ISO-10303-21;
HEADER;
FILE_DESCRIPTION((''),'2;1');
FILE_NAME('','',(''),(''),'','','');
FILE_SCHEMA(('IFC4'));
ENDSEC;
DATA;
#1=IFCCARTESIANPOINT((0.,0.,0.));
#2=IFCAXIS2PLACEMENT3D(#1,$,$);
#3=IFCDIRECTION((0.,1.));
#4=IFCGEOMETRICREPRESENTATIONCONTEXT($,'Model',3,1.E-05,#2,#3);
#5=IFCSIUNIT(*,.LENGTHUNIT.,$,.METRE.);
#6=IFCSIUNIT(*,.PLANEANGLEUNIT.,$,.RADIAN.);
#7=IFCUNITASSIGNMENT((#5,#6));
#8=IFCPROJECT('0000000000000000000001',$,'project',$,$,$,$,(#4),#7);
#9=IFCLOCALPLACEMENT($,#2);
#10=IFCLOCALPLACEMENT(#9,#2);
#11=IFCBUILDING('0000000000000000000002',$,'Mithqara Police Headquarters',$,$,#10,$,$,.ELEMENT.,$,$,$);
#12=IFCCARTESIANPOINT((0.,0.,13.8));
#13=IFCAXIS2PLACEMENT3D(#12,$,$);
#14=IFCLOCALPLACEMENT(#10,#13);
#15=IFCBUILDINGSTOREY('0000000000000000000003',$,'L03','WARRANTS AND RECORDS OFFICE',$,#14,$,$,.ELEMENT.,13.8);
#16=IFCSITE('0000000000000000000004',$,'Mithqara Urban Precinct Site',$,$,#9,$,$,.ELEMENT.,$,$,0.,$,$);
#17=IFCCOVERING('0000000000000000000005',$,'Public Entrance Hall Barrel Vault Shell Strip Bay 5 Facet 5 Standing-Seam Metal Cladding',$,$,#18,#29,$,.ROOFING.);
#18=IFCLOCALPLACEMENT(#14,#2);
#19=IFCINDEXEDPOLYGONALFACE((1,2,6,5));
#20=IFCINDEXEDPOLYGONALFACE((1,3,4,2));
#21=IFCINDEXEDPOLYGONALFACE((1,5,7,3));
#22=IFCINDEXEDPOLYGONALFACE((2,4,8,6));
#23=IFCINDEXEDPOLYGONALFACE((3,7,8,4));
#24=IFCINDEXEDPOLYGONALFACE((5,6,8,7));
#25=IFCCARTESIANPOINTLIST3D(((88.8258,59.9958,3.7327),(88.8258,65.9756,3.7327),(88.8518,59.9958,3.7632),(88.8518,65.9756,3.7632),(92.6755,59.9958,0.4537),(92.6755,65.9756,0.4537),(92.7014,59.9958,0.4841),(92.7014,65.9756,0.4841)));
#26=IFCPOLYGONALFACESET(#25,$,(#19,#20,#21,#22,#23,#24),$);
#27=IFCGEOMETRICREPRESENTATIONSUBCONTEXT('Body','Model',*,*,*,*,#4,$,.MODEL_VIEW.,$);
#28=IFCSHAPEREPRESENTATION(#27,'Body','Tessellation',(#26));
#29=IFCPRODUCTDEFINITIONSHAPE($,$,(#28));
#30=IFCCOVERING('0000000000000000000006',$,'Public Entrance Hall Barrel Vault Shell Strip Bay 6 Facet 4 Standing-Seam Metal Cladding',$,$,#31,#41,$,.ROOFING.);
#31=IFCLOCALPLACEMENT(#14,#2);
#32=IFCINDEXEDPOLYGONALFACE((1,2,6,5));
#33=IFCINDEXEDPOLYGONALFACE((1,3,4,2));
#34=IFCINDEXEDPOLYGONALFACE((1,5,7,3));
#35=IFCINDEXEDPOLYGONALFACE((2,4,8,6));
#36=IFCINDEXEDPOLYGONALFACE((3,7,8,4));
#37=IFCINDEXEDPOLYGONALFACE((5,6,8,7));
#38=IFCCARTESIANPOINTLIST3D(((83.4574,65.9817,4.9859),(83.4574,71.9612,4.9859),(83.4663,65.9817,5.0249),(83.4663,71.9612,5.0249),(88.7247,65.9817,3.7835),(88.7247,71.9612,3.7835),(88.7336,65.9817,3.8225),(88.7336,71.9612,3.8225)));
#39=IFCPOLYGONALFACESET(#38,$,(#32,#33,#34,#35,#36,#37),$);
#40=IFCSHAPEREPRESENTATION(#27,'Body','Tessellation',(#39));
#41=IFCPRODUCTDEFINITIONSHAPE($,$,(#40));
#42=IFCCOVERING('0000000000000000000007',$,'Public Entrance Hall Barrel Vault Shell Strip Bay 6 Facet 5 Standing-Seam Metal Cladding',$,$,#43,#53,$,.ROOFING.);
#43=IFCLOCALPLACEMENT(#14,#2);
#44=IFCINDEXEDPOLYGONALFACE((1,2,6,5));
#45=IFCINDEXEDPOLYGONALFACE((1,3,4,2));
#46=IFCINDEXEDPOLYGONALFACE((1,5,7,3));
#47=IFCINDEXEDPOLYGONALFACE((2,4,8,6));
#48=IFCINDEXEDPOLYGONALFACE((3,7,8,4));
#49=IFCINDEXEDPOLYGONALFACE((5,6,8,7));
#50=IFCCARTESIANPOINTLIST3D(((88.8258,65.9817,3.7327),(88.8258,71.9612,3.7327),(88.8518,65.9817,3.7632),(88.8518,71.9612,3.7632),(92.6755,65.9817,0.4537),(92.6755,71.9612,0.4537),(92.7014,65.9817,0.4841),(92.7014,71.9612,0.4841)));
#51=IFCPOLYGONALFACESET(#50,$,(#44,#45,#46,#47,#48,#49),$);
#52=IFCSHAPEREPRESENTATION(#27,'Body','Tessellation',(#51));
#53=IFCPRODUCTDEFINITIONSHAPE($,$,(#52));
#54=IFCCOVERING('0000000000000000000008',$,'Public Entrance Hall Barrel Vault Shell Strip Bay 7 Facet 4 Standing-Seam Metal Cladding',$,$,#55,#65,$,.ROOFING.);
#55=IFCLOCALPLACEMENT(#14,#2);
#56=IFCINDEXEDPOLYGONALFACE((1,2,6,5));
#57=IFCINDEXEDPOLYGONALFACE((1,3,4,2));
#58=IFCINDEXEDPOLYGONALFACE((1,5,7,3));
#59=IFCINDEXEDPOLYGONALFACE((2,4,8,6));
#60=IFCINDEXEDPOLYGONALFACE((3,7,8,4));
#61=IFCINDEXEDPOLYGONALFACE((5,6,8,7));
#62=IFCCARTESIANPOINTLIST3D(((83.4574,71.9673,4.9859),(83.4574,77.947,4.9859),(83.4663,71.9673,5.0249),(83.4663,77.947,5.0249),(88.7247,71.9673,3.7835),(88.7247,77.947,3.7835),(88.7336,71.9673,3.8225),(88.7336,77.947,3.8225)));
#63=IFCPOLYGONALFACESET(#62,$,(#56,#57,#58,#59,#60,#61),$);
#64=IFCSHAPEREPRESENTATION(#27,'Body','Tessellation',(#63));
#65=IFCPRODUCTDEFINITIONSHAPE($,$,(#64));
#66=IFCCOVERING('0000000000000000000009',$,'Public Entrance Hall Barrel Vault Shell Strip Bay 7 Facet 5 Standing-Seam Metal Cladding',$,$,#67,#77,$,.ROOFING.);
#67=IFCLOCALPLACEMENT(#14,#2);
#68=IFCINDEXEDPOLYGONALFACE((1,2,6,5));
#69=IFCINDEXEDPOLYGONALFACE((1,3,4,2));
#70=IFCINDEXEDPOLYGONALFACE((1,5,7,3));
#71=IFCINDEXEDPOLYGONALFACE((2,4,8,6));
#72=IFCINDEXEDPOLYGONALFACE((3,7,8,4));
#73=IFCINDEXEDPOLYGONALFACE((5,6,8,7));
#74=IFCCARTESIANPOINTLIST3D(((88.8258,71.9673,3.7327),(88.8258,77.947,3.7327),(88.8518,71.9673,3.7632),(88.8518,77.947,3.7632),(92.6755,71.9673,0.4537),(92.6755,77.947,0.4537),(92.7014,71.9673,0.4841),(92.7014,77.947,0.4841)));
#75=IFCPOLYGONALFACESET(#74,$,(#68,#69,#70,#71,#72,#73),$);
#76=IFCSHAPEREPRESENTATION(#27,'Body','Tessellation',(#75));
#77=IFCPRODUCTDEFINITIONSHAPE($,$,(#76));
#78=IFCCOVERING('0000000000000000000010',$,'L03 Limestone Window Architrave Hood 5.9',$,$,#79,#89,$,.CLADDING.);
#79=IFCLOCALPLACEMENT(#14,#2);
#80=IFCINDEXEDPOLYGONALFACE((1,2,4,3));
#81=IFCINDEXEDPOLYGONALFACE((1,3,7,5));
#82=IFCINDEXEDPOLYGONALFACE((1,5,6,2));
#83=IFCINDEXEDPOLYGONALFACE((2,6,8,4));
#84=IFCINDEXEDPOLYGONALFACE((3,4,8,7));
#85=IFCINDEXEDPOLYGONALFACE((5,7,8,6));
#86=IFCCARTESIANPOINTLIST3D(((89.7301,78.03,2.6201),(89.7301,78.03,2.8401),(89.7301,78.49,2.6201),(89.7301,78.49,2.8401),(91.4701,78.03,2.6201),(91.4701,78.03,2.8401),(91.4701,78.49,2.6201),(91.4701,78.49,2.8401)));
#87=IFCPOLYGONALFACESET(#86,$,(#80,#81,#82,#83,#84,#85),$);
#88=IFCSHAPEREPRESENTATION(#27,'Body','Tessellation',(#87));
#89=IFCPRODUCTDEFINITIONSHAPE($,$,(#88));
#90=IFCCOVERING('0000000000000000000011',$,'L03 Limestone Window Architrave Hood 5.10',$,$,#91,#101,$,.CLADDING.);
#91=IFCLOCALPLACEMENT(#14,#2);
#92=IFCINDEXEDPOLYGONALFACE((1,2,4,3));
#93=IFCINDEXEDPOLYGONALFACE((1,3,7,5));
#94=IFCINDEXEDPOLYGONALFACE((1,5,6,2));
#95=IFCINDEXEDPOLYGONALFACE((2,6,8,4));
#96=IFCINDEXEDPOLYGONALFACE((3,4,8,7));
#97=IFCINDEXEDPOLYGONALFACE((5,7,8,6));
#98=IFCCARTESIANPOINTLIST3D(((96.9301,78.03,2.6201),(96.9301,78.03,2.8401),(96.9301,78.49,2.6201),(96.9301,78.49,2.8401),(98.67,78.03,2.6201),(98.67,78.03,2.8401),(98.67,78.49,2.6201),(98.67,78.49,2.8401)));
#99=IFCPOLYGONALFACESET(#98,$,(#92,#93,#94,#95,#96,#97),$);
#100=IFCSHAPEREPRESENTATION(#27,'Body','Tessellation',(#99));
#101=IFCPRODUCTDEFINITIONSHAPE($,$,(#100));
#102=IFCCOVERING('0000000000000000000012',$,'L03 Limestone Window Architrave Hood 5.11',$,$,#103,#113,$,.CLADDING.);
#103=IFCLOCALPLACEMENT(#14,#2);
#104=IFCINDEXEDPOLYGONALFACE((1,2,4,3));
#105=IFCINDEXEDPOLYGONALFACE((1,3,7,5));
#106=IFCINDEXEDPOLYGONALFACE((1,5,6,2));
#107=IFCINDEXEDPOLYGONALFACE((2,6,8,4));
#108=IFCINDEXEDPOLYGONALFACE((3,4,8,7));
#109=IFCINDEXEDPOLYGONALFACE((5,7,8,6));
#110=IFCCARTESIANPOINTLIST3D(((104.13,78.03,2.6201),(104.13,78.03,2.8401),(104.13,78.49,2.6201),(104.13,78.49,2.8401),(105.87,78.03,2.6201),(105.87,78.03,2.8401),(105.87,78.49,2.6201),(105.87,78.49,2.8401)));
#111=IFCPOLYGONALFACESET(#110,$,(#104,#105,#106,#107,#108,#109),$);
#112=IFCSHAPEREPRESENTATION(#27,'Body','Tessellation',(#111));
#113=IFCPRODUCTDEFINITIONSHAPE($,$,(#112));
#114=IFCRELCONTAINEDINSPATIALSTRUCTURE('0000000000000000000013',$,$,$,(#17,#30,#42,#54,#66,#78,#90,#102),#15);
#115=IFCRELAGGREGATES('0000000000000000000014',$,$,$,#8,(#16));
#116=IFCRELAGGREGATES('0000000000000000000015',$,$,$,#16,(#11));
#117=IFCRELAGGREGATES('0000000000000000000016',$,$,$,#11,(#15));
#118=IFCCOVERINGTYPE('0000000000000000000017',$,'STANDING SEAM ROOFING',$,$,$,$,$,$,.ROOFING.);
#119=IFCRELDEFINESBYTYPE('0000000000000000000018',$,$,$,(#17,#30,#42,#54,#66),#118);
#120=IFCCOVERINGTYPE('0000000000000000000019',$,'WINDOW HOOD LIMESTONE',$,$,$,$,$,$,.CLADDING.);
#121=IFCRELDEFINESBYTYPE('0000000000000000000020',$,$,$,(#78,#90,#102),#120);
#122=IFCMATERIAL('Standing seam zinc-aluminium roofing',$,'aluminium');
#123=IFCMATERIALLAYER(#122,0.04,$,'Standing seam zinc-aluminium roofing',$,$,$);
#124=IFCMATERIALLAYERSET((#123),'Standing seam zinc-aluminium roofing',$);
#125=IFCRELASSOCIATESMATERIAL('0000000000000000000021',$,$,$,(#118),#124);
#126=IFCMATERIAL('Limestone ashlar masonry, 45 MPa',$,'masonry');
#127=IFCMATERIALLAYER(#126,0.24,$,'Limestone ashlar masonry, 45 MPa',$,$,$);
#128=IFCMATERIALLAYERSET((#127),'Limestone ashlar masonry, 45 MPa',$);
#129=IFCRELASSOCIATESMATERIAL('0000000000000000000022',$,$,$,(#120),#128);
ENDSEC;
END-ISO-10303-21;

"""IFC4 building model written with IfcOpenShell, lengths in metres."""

from ifc_helpers import new_model, si_unit, direction, frame, origin, origin_2d, place, context, subcontext, project, spatial, polyline, rectangle, outline, extrude, material, layer, layer_set, type_object, element, save


model = new_model("IFC4")

# Units and contexts
model_context = context("Model", 3, precision=1e-05, world=origin(), true_north=direction((0.0, 1.0)))
body_context = subcontext(model_context, "Body", "Model", "MODEL_VIEW")
ifc_project = project(units=[si_unit("LENGTHUNIT", "METRE"), si_unit("PLANEANGLEUNIT", "RADIAN")], contexts=[model_context])

# Site, building, storey
site_placement = place(None, origin())
site = spatial("IfcSite", under=ifc_project, at=site_placement, Name="Mithqara Urban Precinct Site", CompositionType="ELEMENT", RefElevation=0.0)
building_placement = place(site_placement, origin())
building = spatial("IfcBuilding", under=site, at=building_placement, Name="Mithqara Police Headquarters", CompositionType="ELEMENT")
storey_placement = place(building_placement, frame((0.0, 0.0, 13.8)))
storey = spatial("IfcBuildingStorey", under=building, at=storey_placement, Name="L03", Description="WARRANTS AND RECORDS OFFICE", CompositionType="ELEMENT", Elevation=13.8)

# Shared definitions
ifc_material_1 = material(Name="Limestone ashlar masonry, 45 MPa", Category="masonry")

# Coverings
ifc_material_2 = material(Name="Standing seam zinc-aluminium roofing", Category="aluminium")
ifc_layer_1 = layer(ifc_material_2, 0.04, Name="Standing seam zinc-aluminium roofing")
ifc_layer_set_1 = layer_set([ifc_layer_1], Name="Standing seam zinc-aluminium roofing")
covering_type_1 = type_object("IfcCoveringType", Name="STANDING SEAM ROOFING", PredefinedType="ROOFING", material=ifc_layer_set_1)
covering_1_placement = place(storey_placement, frame((88.8518, 59.9958, 3.7632), z_axis=(0.648438, 0.0, 0.761267), x_axis=(0.761267, 0.0, -0.648438)))
element("IfcCovering", 1, at=covering_1_placement, inside=storey, type_object=covering_type_1, Name="Public Entrance Hall Barrel Vault Shell Strip Bay 5 Facet 5 Standing-Seam Metal Cladding", PredefinedType="ROOFING", context=body_context, shape_type="SweptSolid", body=[
    extrude(outline(polyline([(0.0, 0.0), (5.0568, 0.0), (5.0568, 5.9797), (0.0, 5.9797), (0.0, 0.0)])), origin(), (0.0, 0.0, -1.0), 0.04),
])
covering_2_placement = place(storey_placement, frame((83.4663, 65.9817, 5.0249), z_axis=(0.222549, 0.0, 0.974922), x_axis=(0.974922, 0.0, -0.222549)))
element("IfcCovering", 2, at=covering_2_placement, inside=storey, type_object=covering_type_1, Name="Public Entrance Hall Barrel Vault Shell Strip Bay 6 Facet 4 Standing-Seam Metal Cladding", PredefinedType="ROOFING", context=body_context, shape_type="SweptSolid", body=[
    extrude(outline(polyline([(0.0, 0.0), (5.4028, 0.0), (5.4028, 5.9795), (0.0, 5.9795), (0.0, 0.0)])), origin(), (0.0, 0.0, -1.0), 0.04),
])
covering_3_placement = place(storey_placement, frame((88.8518, 65.9817, 3.7632), z_axis=(0.648438, 0.0, 0.761267), x_axis=(0.761267, 0.0, -0.648438)))
element("IfcCovering", 3, at=covering_3_placement, inside=storey, type_object=covering_type_1, Name="Public Entrance Hall Barrel Vault Shell Strip Bay 6 Facet 5 Standing-Seam Metal Cladding", PredefinedType="ROOFING", context=body_context, shape_type="SweptSolid", body=[
    extrude(outline(polyline([(0.0, 0.0), (5.0568, 0.0), (5.0568, 5.9795), (0.0, 5.9795), (0.0, 0.0)])), origin(), (0.0, 0.0, -1.0), 0.04),
])
covering_4_placement = place(storey_placement, frame((83.4663, 71.9673, 5.0249), z_axis=(0.222549, 0.0, 0.974922), x_axis=(0.974922, 0.0, -0.222549)))
element("IfcCovering", 4, at=covering_4_placement, inside=storey, type_object=covering_type_1, Name="Public Entrance Hall Barrel Vault Shell Strip Bay 7 Facet 4 Standing-Seam Metal Cladding", PredefinedType="ROOFING", context=body_context, shape_type="SweptSolid", body=[
    extrude(outline(polyline([(0.0, 0.0), (5.4028, 0.0), (5.4028, 5.9797), (0.0, 5.9797), (0.0, 0.0)])), origin(), (0.0, 0.0, -1.0), 0.04),
])
covering_5_placement = place(storey_placement, frame((88.8518, 71.9673, 3.7632), z_axis=(0.648438, 0.0, 0.761267), x_axis=(0.761267, 0.0, -0.648438)))
element("IfcCovering", 5, at=covering_5_placement, inside=storey, type_object=covering_type_1, Name="Public Entrance Hall Barrel Vault Shell Strip Bay 7 Facet 5 Standing-Seam Metal Cladding", PredefinedType="ROOFING", context=body_context, shape_type="SweptSolid", body=[
    extrude(outline(polyline([(0.0, 0.0), (5.0568, 0.0), (5.0568, 5.9797), (0.0, 5.9797), (0.0, 0.0)])), origin(), (0.0, 0.0, -1.0), 0.04),
])
ifc_layer_2 = layer(ifc_material_1, 0.24, Name="Limestone ashlar masonry, 45 MPa")
ifc_layer_set_2 = layer_set([ifc_layer_2], Name="Limestone ashlar masonry, 45 MPa")
covering_type_2 = type_object("IfcCoveringType", Name="WINDOW HOOD LIMESTONE", PredefinedType="CLADDING", material=ifc_layer_set_2)
for number, where, z_axis, x_axis, name in (
    (6, (90.6001, 78.26, 2.6201), (0.0, 0.0, 1.0), (1.0, 0.0, 0.0), "L03 Limestone Window Architrave Hood 5.9"),
    (7, (97.8, 78.26, 2.6201), (0.0, 0.0, 1.0), (1.0, 0.0, 0.0), "L03 Limestone Window Architrave Hood 5.10"),
    (8, (105.0, 78.26, 2.6201), (0.0, 0.0, 1.0), (1.0, 0.0, 0.0), "L03 Limestone Window Architrave Hood 5.11"),
):
    element("IfcCovering", number, at=place(storey_placement, frame(where, z_axis=z_axis, x_axis=x_axis)), inside=storey, type_object=covering_type_2, Name=name, PredefinedType="CLADDING", context=body_context, shape_type="SweptSolid", body=[
        extrude(rectangle(XDim=1.74, YDim=0.46, at=origin_2d()), origin(), (0.0, 0.0, 1.0), 0.22),
    ])

save(model, "model.ifc")
